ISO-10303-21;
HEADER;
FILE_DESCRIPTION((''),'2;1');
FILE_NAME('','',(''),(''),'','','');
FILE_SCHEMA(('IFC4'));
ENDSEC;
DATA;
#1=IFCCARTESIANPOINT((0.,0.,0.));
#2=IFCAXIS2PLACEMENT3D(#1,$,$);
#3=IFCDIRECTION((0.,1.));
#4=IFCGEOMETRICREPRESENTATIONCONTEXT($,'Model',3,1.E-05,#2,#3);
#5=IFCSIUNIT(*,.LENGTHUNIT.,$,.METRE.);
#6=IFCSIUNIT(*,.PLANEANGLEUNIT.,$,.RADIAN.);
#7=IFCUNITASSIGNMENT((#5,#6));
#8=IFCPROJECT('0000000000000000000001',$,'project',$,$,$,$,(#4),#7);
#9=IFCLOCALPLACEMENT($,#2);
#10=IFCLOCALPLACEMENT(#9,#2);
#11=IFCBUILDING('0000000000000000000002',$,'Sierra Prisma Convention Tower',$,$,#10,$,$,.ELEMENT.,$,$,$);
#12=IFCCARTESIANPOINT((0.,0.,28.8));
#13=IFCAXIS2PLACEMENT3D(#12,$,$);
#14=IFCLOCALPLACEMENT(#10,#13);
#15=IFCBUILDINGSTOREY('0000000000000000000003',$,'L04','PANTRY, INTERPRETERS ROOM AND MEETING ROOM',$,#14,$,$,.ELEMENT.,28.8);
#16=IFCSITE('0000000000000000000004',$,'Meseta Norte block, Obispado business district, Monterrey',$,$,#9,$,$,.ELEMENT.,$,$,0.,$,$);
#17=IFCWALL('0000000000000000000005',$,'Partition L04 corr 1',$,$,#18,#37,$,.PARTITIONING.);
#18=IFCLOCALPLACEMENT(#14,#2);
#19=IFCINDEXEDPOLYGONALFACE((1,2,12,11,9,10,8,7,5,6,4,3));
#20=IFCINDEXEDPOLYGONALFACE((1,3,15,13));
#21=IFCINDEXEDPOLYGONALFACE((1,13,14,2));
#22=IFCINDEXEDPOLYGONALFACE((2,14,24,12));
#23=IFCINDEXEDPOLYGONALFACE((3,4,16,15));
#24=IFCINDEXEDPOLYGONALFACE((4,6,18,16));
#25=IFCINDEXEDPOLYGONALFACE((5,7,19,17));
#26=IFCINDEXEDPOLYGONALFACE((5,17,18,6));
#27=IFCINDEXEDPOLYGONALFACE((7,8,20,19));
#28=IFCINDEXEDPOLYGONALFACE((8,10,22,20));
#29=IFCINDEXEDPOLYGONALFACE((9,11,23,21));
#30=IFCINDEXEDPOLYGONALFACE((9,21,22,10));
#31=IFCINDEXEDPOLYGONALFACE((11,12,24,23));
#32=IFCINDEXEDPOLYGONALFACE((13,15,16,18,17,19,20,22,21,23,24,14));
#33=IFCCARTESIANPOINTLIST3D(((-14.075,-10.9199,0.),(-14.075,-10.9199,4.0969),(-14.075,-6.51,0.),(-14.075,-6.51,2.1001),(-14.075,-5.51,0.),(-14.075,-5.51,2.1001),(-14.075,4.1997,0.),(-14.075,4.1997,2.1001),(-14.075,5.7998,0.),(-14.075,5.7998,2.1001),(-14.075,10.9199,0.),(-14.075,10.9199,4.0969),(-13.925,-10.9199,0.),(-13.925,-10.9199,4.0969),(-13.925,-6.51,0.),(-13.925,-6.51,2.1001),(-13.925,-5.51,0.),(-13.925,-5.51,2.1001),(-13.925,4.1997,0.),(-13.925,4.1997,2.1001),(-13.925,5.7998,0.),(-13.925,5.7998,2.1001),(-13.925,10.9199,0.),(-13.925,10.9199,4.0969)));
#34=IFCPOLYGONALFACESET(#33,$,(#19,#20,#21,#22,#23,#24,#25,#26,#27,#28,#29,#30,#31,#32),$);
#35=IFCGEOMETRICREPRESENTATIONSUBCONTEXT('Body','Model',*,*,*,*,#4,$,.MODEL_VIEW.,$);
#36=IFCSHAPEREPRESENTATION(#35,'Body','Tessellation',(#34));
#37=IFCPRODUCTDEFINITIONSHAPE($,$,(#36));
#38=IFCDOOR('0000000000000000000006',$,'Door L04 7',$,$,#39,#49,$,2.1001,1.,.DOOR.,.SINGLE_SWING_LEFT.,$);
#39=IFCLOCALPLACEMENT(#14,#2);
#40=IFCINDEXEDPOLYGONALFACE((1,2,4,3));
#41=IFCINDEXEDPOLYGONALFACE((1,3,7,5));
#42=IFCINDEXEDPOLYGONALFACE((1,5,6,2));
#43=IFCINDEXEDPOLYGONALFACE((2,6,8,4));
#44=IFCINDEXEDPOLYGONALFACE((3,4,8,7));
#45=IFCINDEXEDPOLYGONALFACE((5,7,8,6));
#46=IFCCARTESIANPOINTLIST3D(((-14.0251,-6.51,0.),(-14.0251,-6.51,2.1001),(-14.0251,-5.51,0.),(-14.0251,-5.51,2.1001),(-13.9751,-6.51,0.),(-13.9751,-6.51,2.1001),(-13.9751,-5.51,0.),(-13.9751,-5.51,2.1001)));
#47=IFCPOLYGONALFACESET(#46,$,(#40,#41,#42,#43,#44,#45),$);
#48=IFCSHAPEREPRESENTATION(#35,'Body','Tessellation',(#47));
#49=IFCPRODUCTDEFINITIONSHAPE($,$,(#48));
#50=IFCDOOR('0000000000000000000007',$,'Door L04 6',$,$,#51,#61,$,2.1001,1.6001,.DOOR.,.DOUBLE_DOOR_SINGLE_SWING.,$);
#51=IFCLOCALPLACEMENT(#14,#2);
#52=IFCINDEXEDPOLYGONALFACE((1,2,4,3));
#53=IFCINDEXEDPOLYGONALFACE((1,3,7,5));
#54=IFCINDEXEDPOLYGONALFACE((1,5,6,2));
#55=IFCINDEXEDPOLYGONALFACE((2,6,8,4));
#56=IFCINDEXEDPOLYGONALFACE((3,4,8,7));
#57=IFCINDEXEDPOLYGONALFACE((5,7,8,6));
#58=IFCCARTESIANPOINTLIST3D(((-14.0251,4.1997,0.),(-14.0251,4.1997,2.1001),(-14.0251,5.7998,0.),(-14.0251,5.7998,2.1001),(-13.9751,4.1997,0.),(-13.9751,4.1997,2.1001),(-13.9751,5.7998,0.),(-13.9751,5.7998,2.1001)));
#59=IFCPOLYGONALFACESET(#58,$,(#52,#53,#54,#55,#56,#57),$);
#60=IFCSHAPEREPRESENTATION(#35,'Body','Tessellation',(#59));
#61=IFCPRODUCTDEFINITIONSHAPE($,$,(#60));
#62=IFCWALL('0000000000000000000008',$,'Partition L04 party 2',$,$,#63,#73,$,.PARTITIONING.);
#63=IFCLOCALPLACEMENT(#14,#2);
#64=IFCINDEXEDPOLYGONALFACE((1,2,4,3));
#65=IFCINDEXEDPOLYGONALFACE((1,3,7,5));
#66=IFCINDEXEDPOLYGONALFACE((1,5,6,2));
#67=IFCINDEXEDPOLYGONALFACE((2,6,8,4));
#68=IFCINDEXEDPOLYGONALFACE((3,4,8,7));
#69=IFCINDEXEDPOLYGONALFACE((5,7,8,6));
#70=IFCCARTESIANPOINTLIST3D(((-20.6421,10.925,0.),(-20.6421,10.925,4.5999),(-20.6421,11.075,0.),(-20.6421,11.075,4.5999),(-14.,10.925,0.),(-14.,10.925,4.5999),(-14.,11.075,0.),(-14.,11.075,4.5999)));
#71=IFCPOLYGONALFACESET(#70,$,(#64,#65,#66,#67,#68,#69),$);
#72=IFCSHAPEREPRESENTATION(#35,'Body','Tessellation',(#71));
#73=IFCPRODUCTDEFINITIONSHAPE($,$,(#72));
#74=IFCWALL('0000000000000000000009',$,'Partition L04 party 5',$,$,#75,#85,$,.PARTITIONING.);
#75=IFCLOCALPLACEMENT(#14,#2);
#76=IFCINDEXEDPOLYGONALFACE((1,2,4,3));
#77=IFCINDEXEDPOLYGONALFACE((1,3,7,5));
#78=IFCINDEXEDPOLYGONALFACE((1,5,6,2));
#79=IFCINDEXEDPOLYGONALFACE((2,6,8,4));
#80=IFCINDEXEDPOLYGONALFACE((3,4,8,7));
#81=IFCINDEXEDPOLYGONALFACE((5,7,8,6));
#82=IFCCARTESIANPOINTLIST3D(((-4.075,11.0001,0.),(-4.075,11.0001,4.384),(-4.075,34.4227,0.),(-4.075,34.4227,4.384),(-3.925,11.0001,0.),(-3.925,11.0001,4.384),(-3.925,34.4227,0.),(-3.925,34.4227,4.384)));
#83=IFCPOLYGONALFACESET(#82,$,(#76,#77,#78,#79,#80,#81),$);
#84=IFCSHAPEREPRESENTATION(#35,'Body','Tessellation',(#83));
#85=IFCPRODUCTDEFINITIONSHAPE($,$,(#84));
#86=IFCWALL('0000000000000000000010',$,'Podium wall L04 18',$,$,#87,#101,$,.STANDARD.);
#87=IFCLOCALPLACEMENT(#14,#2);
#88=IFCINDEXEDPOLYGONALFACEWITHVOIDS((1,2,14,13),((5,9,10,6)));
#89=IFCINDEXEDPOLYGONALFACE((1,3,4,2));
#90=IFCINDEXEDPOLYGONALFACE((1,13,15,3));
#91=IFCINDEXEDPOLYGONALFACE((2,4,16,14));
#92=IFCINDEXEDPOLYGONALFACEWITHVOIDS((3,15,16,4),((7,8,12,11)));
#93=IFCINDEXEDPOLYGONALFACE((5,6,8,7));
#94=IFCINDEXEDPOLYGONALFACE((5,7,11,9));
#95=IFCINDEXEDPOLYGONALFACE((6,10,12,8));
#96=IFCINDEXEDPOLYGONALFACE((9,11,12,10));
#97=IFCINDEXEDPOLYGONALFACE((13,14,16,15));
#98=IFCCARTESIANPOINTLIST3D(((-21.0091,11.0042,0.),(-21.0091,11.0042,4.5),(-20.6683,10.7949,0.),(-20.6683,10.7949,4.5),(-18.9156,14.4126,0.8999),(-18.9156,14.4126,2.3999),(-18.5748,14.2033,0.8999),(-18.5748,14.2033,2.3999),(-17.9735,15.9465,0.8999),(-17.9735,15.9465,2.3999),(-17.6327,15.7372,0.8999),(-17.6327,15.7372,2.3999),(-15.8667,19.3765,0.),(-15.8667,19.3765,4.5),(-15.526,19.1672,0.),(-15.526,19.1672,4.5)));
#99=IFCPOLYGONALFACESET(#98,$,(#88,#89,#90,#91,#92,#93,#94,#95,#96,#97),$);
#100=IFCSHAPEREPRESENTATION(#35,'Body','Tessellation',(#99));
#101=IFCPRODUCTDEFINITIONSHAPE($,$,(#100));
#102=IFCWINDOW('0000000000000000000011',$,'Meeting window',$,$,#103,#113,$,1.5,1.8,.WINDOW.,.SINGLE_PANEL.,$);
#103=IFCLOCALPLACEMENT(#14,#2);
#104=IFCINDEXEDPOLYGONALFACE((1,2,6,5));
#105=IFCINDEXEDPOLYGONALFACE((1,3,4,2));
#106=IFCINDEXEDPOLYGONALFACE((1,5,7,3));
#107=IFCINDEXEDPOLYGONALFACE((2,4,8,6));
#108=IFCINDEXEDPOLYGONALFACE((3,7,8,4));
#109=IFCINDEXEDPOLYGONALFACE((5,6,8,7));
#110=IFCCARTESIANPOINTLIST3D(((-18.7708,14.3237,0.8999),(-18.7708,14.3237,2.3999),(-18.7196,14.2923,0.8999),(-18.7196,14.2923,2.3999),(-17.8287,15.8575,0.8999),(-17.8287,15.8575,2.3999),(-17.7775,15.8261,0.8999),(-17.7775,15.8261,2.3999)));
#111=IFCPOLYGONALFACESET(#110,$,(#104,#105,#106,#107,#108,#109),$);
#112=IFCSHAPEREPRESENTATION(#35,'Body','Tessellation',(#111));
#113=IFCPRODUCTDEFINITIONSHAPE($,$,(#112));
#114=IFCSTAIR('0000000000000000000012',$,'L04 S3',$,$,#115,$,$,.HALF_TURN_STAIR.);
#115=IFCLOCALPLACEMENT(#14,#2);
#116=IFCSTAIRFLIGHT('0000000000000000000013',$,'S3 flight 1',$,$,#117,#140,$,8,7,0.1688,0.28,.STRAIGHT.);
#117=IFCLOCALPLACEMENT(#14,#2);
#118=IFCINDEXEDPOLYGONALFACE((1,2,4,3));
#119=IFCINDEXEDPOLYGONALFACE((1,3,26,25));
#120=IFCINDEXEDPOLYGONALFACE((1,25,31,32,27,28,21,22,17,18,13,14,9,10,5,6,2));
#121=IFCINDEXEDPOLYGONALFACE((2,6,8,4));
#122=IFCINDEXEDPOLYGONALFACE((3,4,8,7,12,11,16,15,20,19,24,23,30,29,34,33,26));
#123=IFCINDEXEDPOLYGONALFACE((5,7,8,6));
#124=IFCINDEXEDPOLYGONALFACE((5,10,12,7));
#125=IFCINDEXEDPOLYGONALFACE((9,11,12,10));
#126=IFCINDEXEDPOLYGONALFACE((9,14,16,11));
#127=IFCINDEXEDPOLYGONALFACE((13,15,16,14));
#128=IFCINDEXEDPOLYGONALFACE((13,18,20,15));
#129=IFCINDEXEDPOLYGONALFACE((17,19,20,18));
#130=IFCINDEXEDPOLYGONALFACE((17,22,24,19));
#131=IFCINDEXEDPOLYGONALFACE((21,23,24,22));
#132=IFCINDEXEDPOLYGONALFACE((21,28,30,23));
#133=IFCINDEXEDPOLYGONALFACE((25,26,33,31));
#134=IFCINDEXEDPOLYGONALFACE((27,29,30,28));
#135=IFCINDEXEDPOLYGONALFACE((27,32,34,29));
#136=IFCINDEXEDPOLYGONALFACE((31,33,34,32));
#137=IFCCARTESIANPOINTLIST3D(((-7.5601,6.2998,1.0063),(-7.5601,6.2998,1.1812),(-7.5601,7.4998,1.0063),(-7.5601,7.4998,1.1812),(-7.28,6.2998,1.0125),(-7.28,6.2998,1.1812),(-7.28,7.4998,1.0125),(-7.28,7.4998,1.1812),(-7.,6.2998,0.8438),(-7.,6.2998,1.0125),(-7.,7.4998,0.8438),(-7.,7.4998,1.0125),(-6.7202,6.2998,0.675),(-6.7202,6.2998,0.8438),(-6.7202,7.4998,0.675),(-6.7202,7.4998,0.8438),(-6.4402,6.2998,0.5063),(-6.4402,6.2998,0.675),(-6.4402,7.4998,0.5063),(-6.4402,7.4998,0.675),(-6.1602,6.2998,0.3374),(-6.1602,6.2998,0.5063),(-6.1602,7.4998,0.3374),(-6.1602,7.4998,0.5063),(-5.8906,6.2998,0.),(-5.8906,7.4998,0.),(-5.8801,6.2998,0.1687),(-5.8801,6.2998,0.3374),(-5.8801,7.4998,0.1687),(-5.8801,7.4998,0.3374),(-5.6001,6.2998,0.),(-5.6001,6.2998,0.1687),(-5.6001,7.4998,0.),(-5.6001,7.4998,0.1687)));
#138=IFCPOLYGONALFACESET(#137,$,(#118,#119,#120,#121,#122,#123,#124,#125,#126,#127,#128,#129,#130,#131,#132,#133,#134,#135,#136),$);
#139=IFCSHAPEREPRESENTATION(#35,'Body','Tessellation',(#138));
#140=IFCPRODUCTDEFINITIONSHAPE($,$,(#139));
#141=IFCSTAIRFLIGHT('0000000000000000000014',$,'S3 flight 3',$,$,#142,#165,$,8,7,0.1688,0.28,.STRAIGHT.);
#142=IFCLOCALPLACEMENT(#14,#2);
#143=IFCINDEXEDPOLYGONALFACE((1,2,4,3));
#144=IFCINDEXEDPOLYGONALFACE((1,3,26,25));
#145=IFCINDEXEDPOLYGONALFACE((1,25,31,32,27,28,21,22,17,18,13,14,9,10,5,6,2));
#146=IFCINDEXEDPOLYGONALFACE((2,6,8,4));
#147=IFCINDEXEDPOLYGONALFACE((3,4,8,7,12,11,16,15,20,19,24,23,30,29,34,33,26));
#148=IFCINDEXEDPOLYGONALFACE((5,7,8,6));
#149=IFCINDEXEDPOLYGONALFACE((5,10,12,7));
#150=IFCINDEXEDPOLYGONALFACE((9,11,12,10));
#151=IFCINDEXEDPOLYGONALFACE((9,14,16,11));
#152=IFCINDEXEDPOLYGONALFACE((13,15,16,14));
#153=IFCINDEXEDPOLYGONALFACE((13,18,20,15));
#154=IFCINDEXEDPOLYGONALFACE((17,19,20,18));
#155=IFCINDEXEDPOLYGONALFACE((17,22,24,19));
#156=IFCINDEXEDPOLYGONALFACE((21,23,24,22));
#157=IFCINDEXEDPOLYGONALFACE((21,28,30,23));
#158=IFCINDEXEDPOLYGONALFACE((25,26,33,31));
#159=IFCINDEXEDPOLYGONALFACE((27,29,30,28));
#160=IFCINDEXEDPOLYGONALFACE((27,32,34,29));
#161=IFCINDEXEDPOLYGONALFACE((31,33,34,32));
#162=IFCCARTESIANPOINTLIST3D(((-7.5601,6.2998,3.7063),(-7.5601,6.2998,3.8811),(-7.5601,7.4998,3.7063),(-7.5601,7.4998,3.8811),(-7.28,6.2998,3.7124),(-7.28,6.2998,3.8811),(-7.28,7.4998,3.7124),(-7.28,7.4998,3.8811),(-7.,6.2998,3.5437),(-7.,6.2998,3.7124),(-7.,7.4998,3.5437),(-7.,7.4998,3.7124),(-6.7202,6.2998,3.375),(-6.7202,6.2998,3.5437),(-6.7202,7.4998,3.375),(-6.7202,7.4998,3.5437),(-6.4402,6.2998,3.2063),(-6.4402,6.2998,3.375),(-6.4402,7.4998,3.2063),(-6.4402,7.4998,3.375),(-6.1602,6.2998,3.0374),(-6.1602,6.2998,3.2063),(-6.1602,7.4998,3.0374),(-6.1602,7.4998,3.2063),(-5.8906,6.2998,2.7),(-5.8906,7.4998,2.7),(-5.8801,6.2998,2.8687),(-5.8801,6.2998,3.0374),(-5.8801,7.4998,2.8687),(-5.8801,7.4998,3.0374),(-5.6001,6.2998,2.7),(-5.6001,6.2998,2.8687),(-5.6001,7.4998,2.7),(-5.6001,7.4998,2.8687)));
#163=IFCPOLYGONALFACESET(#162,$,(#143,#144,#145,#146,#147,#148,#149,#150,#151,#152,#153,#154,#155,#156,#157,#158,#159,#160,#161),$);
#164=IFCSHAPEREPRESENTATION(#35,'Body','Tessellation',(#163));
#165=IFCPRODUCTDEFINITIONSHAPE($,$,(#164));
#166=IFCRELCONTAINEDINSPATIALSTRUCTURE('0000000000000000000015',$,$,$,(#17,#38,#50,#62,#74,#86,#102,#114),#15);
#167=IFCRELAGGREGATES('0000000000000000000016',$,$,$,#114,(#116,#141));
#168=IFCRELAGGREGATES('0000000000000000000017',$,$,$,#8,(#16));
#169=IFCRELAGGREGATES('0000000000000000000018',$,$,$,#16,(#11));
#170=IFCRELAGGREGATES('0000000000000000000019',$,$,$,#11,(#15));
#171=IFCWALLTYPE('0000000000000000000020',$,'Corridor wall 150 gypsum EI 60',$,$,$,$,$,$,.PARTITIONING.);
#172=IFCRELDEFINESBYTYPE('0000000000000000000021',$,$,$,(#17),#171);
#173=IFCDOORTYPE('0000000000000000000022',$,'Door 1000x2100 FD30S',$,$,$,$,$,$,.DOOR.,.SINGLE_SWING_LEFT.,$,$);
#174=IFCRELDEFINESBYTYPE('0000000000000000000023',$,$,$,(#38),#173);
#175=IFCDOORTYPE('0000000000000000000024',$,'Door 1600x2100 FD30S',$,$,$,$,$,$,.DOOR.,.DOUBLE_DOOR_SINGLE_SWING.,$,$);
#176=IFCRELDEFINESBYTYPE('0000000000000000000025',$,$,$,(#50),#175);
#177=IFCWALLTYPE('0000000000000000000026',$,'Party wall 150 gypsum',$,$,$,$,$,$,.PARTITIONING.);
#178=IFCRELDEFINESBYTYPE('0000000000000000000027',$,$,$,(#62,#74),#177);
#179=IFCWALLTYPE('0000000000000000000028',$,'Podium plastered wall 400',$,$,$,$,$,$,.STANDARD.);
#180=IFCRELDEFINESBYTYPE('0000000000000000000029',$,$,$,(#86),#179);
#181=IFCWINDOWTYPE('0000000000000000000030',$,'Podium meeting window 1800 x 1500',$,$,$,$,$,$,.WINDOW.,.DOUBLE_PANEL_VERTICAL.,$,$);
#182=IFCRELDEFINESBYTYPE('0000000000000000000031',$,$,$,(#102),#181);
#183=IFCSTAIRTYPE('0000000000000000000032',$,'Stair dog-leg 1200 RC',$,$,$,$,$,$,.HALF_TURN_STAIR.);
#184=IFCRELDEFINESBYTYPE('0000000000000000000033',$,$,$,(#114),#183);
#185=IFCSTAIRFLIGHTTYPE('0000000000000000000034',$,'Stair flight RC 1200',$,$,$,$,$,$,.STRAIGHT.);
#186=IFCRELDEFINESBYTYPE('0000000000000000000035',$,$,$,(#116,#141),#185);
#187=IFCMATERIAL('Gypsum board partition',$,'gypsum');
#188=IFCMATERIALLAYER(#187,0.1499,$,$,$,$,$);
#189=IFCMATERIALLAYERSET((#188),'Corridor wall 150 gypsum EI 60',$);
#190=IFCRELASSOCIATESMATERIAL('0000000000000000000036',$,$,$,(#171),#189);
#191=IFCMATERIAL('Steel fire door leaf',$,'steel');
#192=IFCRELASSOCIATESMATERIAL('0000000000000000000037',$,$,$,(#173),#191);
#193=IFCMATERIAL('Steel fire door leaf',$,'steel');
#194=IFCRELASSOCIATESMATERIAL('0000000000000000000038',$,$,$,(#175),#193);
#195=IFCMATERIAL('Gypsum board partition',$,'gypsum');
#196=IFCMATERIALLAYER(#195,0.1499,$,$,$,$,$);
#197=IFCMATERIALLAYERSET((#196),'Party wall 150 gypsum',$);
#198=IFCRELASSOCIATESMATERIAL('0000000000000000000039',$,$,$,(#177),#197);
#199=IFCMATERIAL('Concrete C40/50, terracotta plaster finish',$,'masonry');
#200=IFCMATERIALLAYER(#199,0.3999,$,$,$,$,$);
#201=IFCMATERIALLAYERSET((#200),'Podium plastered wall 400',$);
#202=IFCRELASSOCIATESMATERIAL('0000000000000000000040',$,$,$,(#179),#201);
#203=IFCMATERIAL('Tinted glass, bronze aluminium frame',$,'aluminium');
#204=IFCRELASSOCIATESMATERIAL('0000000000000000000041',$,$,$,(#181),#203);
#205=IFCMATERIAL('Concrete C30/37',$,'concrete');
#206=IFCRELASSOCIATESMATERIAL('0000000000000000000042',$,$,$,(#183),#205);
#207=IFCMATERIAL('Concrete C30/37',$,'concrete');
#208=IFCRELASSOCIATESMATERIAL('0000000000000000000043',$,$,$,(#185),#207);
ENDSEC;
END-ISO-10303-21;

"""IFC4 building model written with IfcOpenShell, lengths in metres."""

from ifc_helpers import new_model, si_unit, direction, frame, frame_2d, origin, place, context, subcontext, project, spatial, polyline, rectangle, outline, extrude, material, layer, layer_set, type_object, element, fill, aggregate, save


model = new_model("IFC4")

# Units and contexts
model_context = context("Model", 3, precision=1e-05, world=origin(), true_north=direction((0.0, 1.0)))
body_context = subcontext(model_context, "Body", "Model", "MODEL_VIEW")
ifc_project = project(units=[si_unit("LENGTHUNIT", "METRE"), si_unit("PLANEANGLEUNIT", "RADIAN")], contexts=[model_context])

# Site, building, storey
site_placement = place(None, origin())
site = spatial("IfcSite", under=ifc_project, at=site_placement, Name="Meseta Norte block, Obispado business district, Monterrey", CompositionType="ELEMENT", RefElevation=0.0)
building_placement = place(site_placement, origin())
building = spatial("IfcBuilding", under=site, at=building_placement, Name="Sierra Prisma Convention Tower", CompositionType="ELEMENT")
storey_placement = place(building_placement, frame((0.0, 0.0, 28.8)))
storey = spatial("IfcBuildingStorey", under=building, at=storey_placement, Name="L04", Description="PANTRY, INTERPRETERS ROOM AND MEETING ROOM", CompositionType="ELEMENT", Elevation=28.8)

# Wall, openings, doors
ifc_material_1 = material(Name="Gypsum board partition", Category="gypsum")
ifc_layer_1 = layer(ifc_material_1, 0.1499)
ifc_layer_set_1 = layer_set([ifc_layer_1], Name="Corridor wall 150 gypsum EI 60")
wall_type_1 = type_object("IfcWallType", Name="Corridor wall 150 gypsum EI 60", PredefinedType="PARTITIONING", material=ifc_layer_set_1)
wall_1_placement = place(storey_placement, frame((-14.0, 10.9199, 0.0), z_axis=(0.0, 0.0, 1.0), x_axis=(0.0, -1.0, 0.0)))
wall_1 = element("IfcWall", 1, at=wall_1_placement, inside=storey, type_object=wall_type_1, Name="Partition L04 corr 1", PredefinedType="PARTITIONING", context=body_context, shape_type="SweptSolid", body=[
    extrude(rectangle(XDim=21.8398, YDim=0.1499, at=frame_2d((10.9199, 0.0))), origin(), (0.0, 0.0, 1.0), 4.0969),
])
opening_1_placement = place(wall_1_placement, frame((5.1201, 0.0, 0.0)))
opening_1 = element("IfcOpeningElement", 2, at=opening_1_placement, cuts=wall_1, PredefinedType="OPENING", context=body_context, shape_type="SweptSolid", body=[
    extrude(rectangle(XDim=1.6001, YDim=2.1001, at=frame_2d((0.8, 1.05))), frame((0.0, 0.075, 0.0), z_axis=(0.0, -1.0, 0.0), x_axis=(1.0, 0.0, 0.0)), (0.0, 0.0, 1.0), 0.1499),
])
opening_2_placement = place(wall_1_placement, frame((16.4299, 0.0, 0.0)))
opening_2 = element("IfcOpeningElement", 3, at=opening_2_placement, cuts=wall_1, PredefinedType="OPENING", context=body_context, shape_type="SweptSolid", body=[
    extrude(rectangle(XDim=1.0, YDim=2.1001, at=frame_2d((0.5, 1.05))), frame((0.0, 0.075, 0.0), z_axis=(0.0, -1.0, 0.0), x_axis=(1.0, 0.0, 0.0)), (0.0, 0.0, 1.0), 0.1499),
])
ifc_material_2 = material(Name="Steel fire door leaf", Category="steel")
door_type_1 = type_object("IfcDoorType", Name="Door 1000x2100 FD30S", OperationType="SINGLE_SWING_LEFT", PredefinedType="DOOR", material=ifc_material_2)
door_1_placement = place(opening_2_placement, origin())
door_1 = element("IfcDoor", 4, at=door_1_placement, inside=storey, type_object=door_type_1, Name="Door L04 7", OperationType="SINGLE_SWING_LEFT", OverallHeight=2.1001, OverallWidth=1.0, PredefinedType="DOOR", context=body_context, shape_type="SweptSolid", body=[
    extrude(rectangle(XDim=1.0, YDim=2.1001, at=frame_2d((0.5, 1.05))), frame((0.0, 0.0249, 0.0), z_axis=(0.0, -1.0, 0.0), x_axis=(1.0, 0.0, 0.0)), (0.0, 0.0, 1.0), 0.05),
])
fill(opening_2, door_1)
ifc_material_3 = material(Name="Steel fire door leaf", Category="steel")
door_type_2 = type_object("IfcDoorType", Name="Door 1600x2100 FD30S", OperationType="DOUBLE_DOOR_SINGLE_SWING", PredefinedType="DOOR", material=ifc_material_3)
door_2_placement = place(opening_1_placement, origin())
door_2 = element("IfcDoor", 5, at=door_2_placement, inside=storey, type_object=door_type_2, Name="Door L04 6", OperationType="DOUBLE_DOOR_SINGLE_SWING", OverallHeight=2.1001, OverallWidth=1.6001, PredefinedType="DOOR", context=body_context, shape_type="SweptSolid", body=[
    extrude(rectangle(XDim=1.6001, YDim=2.1001, at=frame_2d((0.8, 1.05))), frame((0.0, 0.0249, 0.0), z_axis=(0.0, -1.0, 0.0), x_axis=(1.0, 0.0, 0.0)), (0.0, 0.0, 1.0), 0.05),
])
fill(opening_1, door_2)

# Walls
ifc_material_4 = material(Name="Gypsum board partition", Category="gypsum")
ifc_layer_2 = layer(ifc_material_4, 0.1499)
ifc_layer_set_2 = layer_set([ifc_layer_2], Name="Party wall 150 gypsum")
wall_type_2 = type_object("IfcWallType", Name="Party wall 150 gypsum", PredefinedType="PARTITIONING", material=ifc_layer_set_2)
wall_2_placement = place(storey_placement, frame((-14.0, 11.0, 0.0), z_axis=(0.0, 0.0, 1.0), x_axis=(-1.0, 0.0, 0.0)))
element("IfcWall", 6, at=wall_2_placement, inside=storey, type_object=wall_type_2, Name="Partition L04 party 2", PredefinedType="PARTITIONING", context=body_context, shape_type="SweptSolid", body=[
    extrude(rectangle(XDim=6.6421, YDim=0.1499, at=frame_2d((3.321, 0.0))), origin(), (0.0, 0.0, 1.0), 4.5999),
])
wall_3_placement = place(storey_placement, frame((-4.0, 11.0, 0.0), z_axis=(0.0, 0.0, 1.0), x_axis=(0.0, 1.0, 0.0)))
element("IfcWall", 7, at=wall_3_placement, inside=storey, type_object=wall_type_2, Name="Partition L04 party 5", PredefinedType="PARTITIONING", context=body_context, shape_type="SweptSolid", body=[
    extrude(rectangle(XDim=23.4226, YDim=0.1499, at=frame_2d((11.7114, 0.0))), origin(), (0.0, 0.0, 1.0), 4.384),
])

# Wall, opening, window
ifc_material_5 = material(Name="Concrete C40/50, terracotta plaster finish", Category="masonry")
ifc_layer_3 = layer(ifc_material_5, 0.3999)
ifc_layer_set_3 = layer_set([ifc_layer_3], Name="Podium plastered wall 400")
wall_type_3 = type_object("IfcWallType", Name="Podium plastered wall 400", PredefinedType="STANDARD", material=ifc_layer_set_3)
wall_4_placement = place(storey_placement, frame((-20.8386, 10.8997, 0.0), z_axis=(0.0, 0.0, 1.0), x_axis=(0.523369, 0.852106, 0.0)))
wall_4 = element("IfcWall", 8, at=wall_4_placement, inside=storey, type_object=wall_type_3, Name="Podium wall L04 18", PredefinedType="STANDARD", context=body_context, shape_type="SweptSolid", body=[
    extrude(rectangle(XDim=9.8254, YDim=0.3999, at=frame_2d((4.9126, 0.0))), origin(), (0.0, 0.0, 1.0), 4.5),
])
opening_3_placement = place(wall_4_placement, frame((4.0, 0.0, 0.8999)))
opening_3 = element("IfcOpeningElement", 9, at=opening_3_placement, cuts=wall_4, PredefinedType="OPENING", context=body_context, shape_type="SweptSolid", body=[
    extrude(rectangle(XDim=1.8, YDim=1.5, at=frame_2d((0.8999, 0.75))), frame((0.0, 0.2, 0.0), z_axis=(0.0, -1.0, 0.0), x_axis=(1.0, 0.0, 0.0)), (0.0, 0.0, 1.0), 0.3999),
])
ifc_material_6 = material(Name="Tinted glass, bronze aluminium frame", Category="aluminium")
window_type = type_object("IfcWindowType", Name="Podium meeting window 1800 x 1500", PartitioningType="DOUBLE_PANEL_VERTICAL", PredefinedType="WINDOW", material=ifc_material_6)
window_placement = place(opening_3_placement, origin())
window = element("IfcWindow", 10, at=window_placement, inside=storey, type_object=window_type, Name="Meeting window", OverallHeight=1.5, OverallWidth=1.8, PartitioningType="SINGLE_PANEL", PredefinedType="WINDOW", context=body_context, shape_type="SweptSolid", body=[
    extrude(rectangle(XDim=1.8, YDim=1.5, at=frame_2d((0.8999, 0.75))), frame((0.0, 0.03, 0.0), z_axis=(0.0, -1.0, 0.0), x_axis=(1.0, 0.0, 0.0)), (0.0, 0.0, 1.0), 0.0601),
])
fill(opening_3, window)

# Stair, stair flights
ifc_material_7 = material(Name="Concrete C30/37", Category="concrete")
stair_type = type_object("IfcStairType", Name="Stair dog-leg 1200 RC", PredefinedType="HALF_TURN_STAIR", material=ifc_material_7)
stair_placement = place(storey_placement, origin())
stair = element("IfcStair", 11, at=stair_placement, inside=storey, type_object=stair_type, Name="L04 S3", PredefinedType="HALF_TURN_STAIR")
ifc_material_8 = material(Name="Concrete C30/37", Category="concrete")
stair_flight_type = type_object("IfcStairFlightType", Name="Stair flight RC 1200", PredefinedType="STRAIGHT", material=ifc_material_8)
stair_flight_1_placement = place(storey_placement, frame((-5.6001, 6.8999, 0.0), z_axis=(0.0, 0.0, 1.0), x_axis=(-1.0, 0.0, 0.0)))
stair_flight_1 = element("IfcStairFlight", 12, at=stair_flight_1_placement, type_object=stair_flight_type, Name="S3 flight 1", NumberOfRisers=8, NumberOfTreads=7, PredefinedType="STRAIGHT", RiserHeight=0.1688, TreadLength=0.28, context=body_context, shape_type="SweptSolid", body=[
    extrude(outline(polyline([(0.0, 0.0), (0.0, 0.1687), (0.28, 0.1687), (0.28, 0.3374), (0.5601, 0.3374), (0.5601, 0.5063), (0.8401, 0.5063), (0.8401, 0.675), (1.1201, 0.675), (1.1201, 0.8438), (1.3999, 0.8438), (1.3999, 1.0125), (1.6799, 1.0125), (1.6799, 1.1812), (1.96, 1.1812), (1.96, 1.3501), (1.96, 1.0063), (0.2905, 0.0), (0.0, 0.0)])), frame((0.0, 0.6001, 0.0), z_axis=(0.0, -1.0, 0.0), x_axis=(1.0, 0.0, 0.0)), (0.0, 0.0, 1.0), 1.2),
])
stair_flight_2_placement = place(storey_placement, frame((-5.6001, 6.8999, 2.7), z_axis=(0.0, 0.0, 1.0), x_axis=(-1.0, 0.0, 0.0)))
stair_flight_2 = element("IfcStairFlight", 13, at=stair_flight_2_placement, type_object=stair_flight_type, Name="S3 flight 3", NumberOfRisers=8, NumberOfTreads=7, PredefinedType="STRAIGHT", RiserHeight=0.1688, TreadLength=0.28, context=body_context, shape_type="SweptSolid", body=[
    extrude(outline(polyline([(0.0, 0.0), (0.0, 0.1687), (0.28, 0.1687), (0.28, 0.3374), (0.5601, 0.3374), (0.5601, 0.5063), (0.8401, 0.5063), (0.8401, 0.675), (1.1201, 0.675), (1.1201, 0.8438), (1.3999, 0.8438), (1.3999, 1.0125), (1.6799, 1.0125), (1.6799, 1.1812), (1.96, 1.1812), (1.96, 1.3501), (1.96, 1.0063), (0.2905, 0.0), (0.0, 0.0)])), frame((0.0, 0.6001, 0.0), z_axis=(0.0, -1.0, 0.0), x_axis=(1.0, 0.0, 0.0)), (0.0, 0.0, 1.0), 1.2),
])
aggregate(stair, [stair_flight_1, stair_flight_2])

save(model, "model.ifc")
